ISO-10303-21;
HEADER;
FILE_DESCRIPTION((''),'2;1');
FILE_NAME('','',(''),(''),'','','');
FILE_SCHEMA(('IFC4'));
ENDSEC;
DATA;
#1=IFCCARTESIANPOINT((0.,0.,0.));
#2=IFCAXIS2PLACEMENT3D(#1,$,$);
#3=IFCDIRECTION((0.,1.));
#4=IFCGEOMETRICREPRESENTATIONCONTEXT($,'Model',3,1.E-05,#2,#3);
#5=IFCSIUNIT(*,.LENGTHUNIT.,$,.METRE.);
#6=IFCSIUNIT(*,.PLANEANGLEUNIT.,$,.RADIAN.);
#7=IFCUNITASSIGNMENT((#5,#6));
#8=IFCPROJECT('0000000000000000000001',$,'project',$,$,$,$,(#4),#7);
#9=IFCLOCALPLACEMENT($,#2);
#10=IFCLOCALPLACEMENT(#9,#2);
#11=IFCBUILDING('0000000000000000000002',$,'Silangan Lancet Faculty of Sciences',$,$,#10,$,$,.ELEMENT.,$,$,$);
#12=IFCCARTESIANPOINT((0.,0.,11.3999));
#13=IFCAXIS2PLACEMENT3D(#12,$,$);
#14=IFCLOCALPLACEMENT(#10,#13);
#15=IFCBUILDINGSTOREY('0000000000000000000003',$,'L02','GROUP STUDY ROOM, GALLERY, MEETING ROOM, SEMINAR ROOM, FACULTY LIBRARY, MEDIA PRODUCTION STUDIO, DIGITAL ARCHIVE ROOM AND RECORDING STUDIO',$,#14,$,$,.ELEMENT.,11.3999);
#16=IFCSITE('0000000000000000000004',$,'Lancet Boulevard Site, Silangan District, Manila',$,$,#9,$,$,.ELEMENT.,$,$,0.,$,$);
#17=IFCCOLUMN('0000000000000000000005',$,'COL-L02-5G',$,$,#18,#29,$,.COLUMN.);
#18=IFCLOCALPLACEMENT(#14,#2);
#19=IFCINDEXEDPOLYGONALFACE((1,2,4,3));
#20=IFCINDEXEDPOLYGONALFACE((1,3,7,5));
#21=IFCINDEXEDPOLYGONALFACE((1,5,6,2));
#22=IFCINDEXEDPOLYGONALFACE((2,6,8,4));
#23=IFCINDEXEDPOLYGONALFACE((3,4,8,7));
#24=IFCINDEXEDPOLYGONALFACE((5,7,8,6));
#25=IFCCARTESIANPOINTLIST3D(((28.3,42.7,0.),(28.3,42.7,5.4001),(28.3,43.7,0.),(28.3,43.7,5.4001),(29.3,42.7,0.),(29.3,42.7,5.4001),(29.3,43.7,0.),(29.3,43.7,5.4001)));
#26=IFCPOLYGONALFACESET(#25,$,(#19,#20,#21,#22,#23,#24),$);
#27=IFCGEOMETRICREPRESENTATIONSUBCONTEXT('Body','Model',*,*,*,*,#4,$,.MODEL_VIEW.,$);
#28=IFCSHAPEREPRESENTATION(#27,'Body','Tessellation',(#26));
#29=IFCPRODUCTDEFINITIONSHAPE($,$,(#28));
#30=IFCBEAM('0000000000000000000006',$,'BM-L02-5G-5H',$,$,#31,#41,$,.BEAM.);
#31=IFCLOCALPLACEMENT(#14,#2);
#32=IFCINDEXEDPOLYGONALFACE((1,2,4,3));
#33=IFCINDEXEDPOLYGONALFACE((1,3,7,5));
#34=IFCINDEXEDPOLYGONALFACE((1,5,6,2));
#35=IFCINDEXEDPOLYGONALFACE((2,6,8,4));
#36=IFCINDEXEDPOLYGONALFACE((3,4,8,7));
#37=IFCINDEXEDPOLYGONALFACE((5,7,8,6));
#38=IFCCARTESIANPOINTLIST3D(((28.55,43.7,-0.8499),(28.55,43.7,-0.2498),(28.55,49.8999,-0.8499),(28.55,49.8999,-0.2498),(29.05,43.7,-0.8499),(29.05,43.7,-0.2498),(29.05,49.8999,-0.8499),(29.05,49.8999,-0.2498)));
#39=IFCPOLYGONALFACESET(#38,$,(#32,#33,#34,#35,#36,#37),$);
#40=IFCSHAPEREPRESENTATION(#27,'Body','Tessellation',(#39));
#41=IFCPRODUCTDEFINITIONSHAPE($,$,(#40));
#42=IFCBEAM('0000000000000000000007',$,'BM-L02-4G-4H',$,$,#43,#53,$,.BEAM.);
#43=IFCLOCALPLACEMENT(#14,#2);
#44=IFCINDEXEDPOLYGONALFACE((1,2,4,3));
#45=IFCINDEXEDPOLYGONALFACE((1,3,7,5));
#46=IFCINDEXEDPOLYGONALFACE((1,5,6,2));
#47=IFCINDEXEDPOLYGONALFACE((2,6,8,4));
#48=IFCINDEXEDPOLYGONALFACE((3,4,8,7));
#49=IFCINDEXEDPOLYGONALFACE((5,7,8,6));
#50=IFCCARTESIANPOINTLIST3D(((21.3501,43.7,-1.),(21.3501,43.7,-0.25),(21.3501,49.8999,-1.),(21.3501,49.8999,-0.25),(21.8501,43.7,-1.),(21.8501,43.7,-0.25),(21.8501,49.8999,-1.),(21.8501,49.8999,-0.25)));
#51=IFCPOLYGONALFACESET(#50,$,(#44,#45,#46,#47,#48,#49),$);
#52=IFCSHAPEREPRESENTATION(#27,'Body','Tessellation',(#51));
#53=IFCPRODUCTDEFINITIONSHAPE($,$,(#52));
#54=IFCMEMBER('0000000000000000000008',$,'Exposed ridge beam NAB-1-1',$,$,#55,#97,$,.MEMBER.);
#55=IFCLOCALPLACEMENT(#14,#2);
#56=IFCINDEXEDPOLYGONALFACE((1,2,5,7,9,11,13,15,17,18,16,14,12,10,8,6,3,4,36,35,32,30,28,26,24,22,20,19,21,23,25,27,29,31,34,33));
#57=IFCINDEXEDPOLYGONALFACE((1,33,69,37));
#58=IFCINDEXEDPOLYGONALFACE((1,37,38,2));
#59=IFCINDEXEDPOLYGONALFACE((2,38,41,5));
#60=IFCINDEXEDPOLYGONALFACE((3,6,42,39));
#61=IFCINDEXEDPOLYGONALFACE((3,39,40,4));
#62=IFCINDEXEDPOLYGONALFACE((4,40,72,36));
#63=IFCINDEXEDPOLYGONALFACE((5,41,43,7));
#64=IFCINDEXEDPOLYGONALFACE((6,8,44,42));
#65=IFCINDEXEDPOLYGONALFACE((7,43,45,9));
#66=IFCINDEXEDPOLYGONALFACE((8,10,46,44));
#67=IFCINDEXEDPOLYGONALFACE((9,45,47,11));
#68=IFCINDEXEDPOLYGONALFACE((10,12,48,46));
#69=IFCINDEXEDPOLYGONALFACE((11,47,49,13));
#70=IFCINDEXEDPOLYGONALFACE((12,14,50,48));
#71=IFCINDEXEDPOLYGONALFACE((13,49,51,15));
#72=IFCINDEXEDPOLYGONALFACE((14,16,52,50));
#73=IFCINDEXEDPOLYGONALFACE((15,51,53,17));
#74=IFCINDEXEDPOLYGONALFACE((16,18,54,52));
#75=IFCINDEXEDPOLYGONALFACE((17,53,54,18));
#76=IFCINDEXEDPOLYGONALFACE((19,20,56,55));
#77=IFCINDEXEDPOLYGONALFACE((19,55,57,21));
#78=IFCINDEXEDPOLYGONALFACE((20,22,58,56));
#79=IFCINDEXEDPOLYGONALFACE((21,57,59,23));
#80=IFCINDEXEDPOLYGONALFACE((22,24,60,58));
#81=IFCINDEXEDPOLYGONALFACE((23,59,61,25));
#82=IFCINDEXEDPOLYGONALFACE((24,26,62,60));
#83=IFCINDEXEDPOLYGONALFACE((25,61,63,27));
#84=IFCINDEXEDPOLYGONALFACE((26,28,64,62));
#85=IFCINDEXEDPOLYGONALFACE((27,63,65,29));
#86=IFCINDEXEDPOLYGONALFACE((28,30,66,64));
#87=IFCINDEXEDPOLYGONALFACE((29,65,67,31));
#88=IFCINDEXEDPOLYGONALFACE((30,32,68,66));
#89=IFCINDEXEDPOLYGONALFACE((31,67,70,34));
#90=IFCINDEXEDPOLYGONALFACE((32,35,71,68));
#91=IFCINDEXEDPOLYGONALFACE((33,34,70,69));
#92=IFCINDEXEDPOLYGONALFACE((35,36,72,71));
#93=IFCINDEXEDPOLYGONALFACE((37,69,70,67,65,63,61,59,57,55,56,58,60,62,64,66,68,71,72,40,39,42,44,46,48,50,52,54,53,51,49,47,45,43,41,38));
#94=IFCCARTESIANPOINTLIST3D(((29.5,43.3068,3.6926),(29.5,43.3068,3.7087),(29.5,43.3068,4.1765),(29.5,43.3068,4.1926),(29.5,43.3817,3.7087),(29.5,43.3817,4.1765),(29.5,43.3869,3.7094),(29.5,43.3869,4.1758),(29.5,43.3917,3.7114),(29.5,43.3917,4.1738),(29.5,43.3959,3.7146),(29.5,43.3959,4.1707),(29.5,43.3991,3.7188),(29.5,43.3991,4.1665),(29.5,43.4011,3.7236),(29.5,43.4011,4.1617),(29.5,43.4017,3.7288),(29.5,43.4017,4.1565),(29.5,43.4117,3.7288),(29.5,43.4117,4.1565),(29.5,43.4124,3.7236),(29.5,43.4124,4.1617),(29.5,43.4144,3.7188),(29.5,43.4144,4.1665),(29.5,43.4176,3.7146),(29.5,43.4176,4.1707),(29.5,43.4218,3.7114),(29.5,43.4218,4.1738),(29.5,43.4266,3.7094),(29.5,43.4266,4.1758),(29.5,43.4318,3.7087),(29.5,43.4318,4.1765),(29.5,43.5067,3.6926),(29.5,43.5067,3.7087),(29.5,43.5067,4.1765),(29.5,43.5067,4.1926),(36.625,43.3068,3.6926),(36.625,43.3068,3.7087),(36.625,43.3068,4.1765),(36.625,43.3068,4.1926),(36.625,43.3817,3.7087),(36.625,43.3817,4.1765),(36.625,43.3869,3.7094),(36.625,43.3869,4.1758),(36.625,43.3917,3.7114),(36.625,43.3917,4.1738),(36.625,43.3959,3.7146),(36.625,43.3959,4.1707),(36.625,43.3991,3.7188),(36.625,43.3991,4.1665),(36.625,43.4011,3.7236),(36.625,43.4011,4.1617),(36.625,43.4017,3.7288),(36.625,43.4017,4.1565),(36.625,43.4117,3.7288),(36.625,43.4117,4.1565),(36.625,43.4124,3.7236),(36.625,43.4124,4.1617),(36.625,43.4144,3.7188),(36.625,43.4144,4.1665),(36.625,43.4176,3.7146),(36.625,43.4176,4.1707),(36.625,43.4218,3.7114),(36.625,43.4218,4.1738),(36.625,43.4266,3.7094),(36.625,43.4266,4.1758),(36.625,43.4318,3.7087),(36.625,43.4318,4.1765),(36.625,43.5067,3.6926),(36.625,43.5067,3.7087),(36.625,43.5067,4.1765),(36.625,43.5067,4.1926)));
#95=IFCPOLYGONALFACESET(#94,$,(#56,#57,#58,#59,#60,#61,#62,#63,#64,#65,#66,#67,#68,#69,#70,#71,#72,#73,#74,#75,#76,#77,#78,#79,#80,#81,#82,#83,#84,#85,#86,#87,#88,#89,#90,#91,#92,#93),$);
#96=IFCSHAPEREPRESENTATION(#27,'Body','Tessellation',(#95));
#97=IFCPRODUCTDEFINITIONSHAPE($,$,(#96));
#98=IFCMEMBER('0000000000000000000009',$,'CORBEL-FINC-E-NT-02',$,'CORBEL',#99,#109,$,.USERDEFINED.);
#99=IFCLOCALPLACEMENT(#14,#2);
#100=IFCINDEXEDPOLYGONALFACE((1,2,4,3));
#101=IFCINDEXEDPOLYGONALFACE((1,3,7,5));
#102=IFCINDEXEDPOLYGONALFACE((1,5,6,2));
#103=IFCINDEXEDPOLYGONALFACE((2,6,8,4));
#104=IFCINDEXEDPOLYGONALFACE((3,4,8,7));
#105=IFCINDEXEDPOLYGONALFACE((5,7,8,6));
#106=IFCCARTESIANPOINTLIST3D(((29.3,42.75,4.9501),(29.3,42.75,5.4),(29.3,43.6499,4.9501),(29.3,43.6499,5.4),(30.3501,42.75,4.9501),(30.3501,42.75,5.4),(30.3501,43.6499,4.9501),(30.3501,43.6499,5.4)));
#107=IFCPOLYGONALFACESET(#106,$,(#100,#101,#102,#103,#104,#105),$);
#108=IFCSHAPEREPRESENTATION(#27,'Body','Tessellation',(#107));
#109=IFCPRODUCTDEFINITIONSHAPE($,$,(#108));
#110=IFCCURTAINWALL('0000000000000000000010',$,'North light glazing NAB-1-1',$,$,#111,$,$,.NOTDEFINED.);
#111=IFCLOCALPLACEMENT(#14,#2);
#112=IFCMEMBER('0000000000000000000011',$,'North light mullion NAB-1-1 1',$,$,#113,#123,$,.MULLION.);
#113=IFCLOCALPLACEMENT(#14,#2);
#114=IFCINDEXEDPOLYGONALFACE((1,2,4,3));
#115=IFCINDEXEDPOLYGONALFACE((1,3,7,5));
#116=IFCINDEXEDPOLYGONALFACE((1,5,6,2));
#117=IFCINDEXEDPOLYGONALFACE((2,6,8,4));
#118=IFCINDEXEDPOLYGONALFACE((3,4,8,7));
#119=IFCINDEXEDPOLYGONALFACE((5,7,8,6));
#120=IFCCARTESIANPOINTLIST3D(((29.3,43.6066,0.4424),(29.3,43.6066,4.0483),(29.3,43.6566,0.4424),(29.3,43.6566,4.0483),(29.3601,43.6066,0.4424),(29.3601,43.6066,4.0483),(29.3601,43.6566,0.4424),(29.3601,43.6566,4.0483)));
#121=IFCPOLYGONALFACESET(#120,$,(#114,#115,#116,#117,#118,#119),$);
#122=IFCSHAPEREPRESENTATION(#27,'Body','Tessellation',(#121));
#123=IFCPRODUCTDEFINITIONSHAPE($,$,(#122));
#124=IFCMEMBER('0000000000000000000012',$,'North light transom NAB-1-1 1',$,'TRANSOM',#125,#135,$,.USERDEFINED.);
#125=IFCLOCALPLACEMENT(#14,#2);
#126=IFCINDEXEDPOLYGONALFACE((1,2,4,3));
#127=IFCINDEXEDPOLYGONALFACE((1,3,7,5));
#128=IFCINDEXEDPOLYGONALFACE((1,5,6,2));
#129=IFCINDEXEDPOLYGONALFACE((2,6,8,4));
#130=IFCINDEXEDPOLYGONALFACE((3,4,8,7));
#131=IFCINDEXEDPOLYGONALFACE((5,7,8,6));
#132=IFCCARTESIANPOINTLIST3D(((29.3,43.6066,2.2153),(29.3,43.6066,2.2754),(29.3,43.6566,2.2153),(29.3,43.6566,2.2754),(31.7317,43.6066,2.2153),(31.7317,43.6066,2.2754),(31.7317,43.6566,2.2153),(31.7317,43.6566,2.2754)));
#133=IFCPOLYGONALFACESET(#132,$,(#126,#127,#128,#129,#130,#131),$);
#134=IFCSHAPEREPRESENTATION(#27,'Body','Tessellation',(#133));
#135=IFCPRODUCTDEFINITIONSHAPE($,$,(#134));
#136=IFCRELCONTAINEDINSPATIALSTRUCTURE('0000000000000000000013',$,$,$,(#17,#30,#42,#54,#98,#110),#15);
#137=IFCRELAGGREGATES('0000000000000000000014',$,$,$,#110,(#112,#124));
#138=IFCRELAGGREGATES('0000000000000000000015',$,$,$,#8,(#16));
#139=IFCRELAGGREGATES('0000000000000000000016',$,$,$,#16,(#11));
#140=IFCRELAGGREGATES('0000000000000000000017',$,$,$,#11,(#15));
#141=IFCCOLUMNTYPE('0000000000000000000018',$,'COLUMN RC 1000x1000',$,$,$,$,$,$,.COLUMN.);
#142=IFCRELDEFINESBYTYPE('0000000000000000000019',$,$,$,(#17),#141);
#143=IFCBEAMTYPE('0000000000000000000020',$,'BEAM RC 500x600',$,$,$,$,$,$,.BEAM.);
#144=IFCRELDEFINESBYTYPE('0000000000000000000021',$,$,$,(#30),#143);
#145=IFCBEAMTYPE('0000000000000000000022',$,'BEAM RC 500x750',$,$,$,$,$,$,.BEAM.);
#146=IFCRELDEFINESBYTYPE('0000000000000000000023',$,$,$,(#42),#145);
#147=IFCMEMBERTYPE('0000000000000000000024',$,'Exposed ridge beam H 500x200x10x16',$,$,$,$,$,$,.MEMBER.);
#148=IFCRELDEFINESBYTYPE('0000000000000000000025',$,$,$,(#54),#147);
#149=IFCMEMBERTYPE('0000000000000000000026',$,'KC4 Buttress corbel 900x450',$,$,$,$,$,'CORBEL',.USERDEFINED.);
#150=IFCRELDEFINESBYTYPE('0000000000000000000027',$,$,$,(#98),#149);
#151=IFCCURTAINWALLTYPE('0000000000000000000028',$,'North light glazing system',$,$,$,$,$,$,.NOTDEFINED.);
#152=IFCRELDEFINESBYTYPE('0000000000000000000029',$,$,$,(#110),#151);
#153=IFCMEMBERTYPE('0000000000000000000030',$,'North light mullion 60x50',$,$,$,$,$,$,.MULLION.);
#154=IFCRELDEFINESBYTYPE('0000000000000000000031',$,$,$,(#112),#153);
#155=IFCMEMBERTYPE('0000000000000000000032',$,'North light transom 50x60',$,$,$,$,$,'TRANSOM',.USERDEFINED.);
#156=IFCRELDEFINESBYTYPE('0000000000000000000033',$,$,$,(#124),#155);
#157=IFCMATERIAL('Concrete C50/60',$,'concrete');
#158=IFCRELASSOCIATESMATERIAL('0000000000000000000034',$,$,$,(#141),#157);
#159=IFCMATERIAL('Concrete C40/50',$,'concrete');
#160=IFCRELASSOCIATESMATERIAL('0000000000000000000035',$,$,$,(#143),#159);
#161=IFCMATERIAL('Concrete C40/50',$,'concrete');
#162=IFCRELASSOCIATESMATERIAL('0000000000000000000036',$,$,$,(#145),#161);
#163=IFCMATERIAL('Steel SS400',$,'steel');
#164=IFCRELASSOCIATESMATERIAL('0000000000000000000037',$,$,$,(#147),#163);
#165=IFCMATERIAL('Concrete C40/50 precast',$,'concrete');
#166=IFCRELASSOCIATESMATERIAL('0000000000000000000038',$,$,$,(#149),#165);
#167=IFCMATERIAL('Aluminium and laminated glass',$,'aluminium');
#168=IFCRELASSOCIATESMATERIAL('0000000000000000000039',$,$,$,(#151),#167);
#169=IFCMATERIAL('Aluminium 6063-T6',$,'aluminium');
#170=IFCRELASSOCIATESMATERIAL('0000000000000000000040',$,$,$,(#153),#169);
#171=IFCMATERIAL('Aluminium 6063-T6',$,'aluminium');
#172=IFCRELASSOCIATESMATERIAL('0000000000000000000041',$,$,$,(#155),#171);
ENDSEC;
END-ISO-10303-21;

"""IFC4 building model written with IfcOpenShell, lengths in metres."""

from ifc_helpers import new_model, si_unit, direction, frame, origin, origin_2d, place, context, subcontext, project, spatial, rectangle, i_section, extrude, material, material_profile, profile_set, type_object, element, aggregate, save


model = new_model("IFC4")

# Units and contexts
model_context = context("Model", 3, precision=1e-05, world=origin(), true_north=direction((0.0, 1.0)))
body_context = subcontext(model_context, "Body", "Model", "MODEL_VIEW")
ifc_project = project(units=[si_unit("LENGTHUNIT", "METRE"), si_unit("PLANEANGLEUNIT", "RADIAN")], contexts=[model_context])

# Site, building, storey
site_placement = place(None, origin())
site = spatial("IfcSite", under=ifc_project, at=site_placement, Name="Lancet Boulevard Site, Silangan District, Manila", CompositionType="ELEMENT", RefElevation=0.0)
building_placement = place(site_placement, origin())
building = spatial("IfcBuilding", under=site, at=building_placement, Name="Silangan Lancet Faculty of Sciences", CompositionType="ELEMENT")
storey_placement = place(building_placement, frame((0.0, 0.0, 11.3999)))
storey = spatial("IfcBuildingStorey", under=building, at=storey_placement, Name="L02", Description="GROUP STUDY ROOM, GALLERY, MEETING ROOM, SEMINAR ROOM, FACULTY LIBRARY, MEDIA PRODUCTION STUDIO, DIGITAL ARCHIVE ROOM AND RECORDING STUDIO", CompositionType="ELEMENT", Elevation=11.3999)

# Column
ifc_material_1 = material(Name="Concrete C50/60", Category="concrete")
ifc_material_profile_1 = material_profile(ifc_material_1, rectangle(XDim=1.0, YDim=1.0, at=origin_2d()), Name="RC 1000x1000")
ifc_profile_set_1 = profile_set([ifc_material_profile_1], Name="Concrete C50/60")
column_type = type_object("IfcColumnType", Name="COLUMN RC 1000x1000", PredefinedType="COLUMN", material=ifc_profile_set_1)
column_placement = place(storey_placement, frame((28.8, 43.2, 0.0), z_axis=(0.0, 0.0, 1.0), x_axis=(1.0, 0.0, 0.0)))
element("IfcColumn", 1, at=column_placement, inside=storey, type_object=column_type, Name="COL-L02-5G", PredefinedType="COLUMN", context=body_context, shape_type="SweptSolid", body=[
    extrude(rectangle(XDim=1.0, YDim=1.0, at=origin_2d()), origin(), (0.0, 0.0, 1.0), 5.4001),
])

# Beams
ifc_material_2 = material(Name="Concrete C40/50", Category="concrete")
ifc_material_profile_2 = material_profile(ifc_material_2, rectangle(XDim=0.5, YDim=0.6001, at=origin_2d()), Name="RC 500x600")
ifc_profile_set_2 = profile_set([ifc_material_profile_2], Name="Concrete C40/50")
beam_type_1 = type_object("IfcBeamType", Name="BEAM RC 500x600", PredefinedType="BEAM", material=ifc_profile_set_2)
beam_1_placement = place(storey_placement, frame((28.8, 43.7, -0.5498), z_axis=(0.0, 1.0, 0.0), x_axis=(-1.0, 0.0, 0.0)))
element("IfcBeam", 2, at=beam_1_placement, inside=storey, type_object=beam_type_1, Name="BM-L02-5G-5H", PredefinedType="BEAM", context=body_context, shape_type="SweptSolid", body=[
    extrude(rectangle(XDim=0.5, YDim=0.6001, at=origin_2d()), origin(), (0.0, 0.0, 1.0), 6.2),
])
ifc_material_3 = material(Name="Concrete C40/50", Category="concrete")
ifc_material_profile_3 = material_profile(ifc_material_3, rectangle(XDim=0.5, YDim=0.75, at=origin_2d()), Name="RC 500x750")
ifc_profile_set_3 = profile_set([ifc_material_profile_3], Name="Concrete C40/50")
beam_type_2 = type_object("IfcBeamType", Name="BEAM RC 500x750", PredefinedType="BEAM", material=ifc_profile_set_3)
beam_2_placement = place(storey_placement, frame((21.6001, 43.7, -0.625), z_axis=(0.0, 1.0, 0.0), x_axis=(-1.0, 0.0, 0.0)))
element("IfcBeam", 3, at=beam_2_placement, inside=storey, type_object=beam_type_2, Name="BM-L02-4G-4H", PredefinedType="BEAM", context=body_context, shape_type="SweptSolid", body=[
    extrude(rectangle(XDim=0.5, YDim=0.75, at=origin_2d()), origin(), (0.0, 0.0, 1.0), 6.2),
])

# Members
ifc_material_4 = material(Name="Steel SS400", Category="steel")
ifc_material_profile_4 = material_profile(ifc_material_4, i_section(OverallWidth=0.2, OverallDepth=0.5, WebThickness=0.01, FlangeThickness=0.0161, FilletRadius=0.02, at=origin_2d()), Name="H 500x200x10x16")
ifc_profile_set_4 = profile_set([ifc_material_profile_4], Name="Steel SS400")
member_type_1 = type_object("IfcMemberType", Name="Exposed ridge beam H 500x200x10x16", PredefinedType="MEMBER", material=ifc_profile_set_4)
member_1_placement = place(storey_placement, frame((29.5, 43.4067, 3.9426), z_axis=(1.0, 0.0, 0.0), x_axis=(0.0, 1.0, 0.0)))
element("IfcMember", 4, at=member_1_placement, inside=storey, type_object=member_type_1, Name="Exposed ridge beam NAB-1-1", PredefinedType="MEMBER", context=body_context, shape_type="SweptSolid", body=[
    extrude(i_section(OverallWidth=0.2, OverallDepth=0.5, WebThickness=0.01, FlangeThickness=0.0161, FilletRadius=0.02, at=origin_2d()), origin(), (0.0, 0.0, 1.0), 7.125),
])
ifc_material_5 = material(Name="Concrete C40/50 precast", Category="concrete")
ifc_material_profile_5 = material_profile(ifc_material_5, rectangle(XDim=0.8999, YDim=0.45, at=origin_2d()), Name="RC 900x450")
ifc_profile_set_5 = profile_set([ifc_material_profile_5], Name="Concrete C40/50 precast")
member_type_2 = type_object("IfcMemberType", Name="KC4 Buttress corbel 900x450", ElementType="CORBEL", PredefinedType="USERDEFINED", material=ifc_profile_set_5)
member_2_placement = place(storey_placement, frame((29.3, 43.2, 5.175), z_axis=(1.0, 0.0, 0.0), x_axis=(0.0, 1.0, 0.0)))
element("IfcMember", 5, at=member_2_placement, inside=storey, type_object=member_type_2, Name="CORBEL-FINC-E-NT-02", ObjectType="CORBEL", PredefinedType="USERDEFINED", context=body_context, shape_type="SweptSolid", body=[
    extrude(rectangle(XDim=0.8999, YDim=0.45, at=origin_2d()), origin(), (0.0, 0.0, 1.0), 1.05),
])

# Curtain wall, members
ifc_material_6 = material(Name="Aluminium and laminated glass", Category="aluminium")
curtain_wall_type = type_object("IfcCurtainWallType", Name="North light glazing system", PredefinedType="NOTDEFINED", material=ifc_material_6)
curtain_wall_placement = place(storey_placement, origin())
curtain_wall = element("IfcCurtainWall", 6, at=curtain_wall_placement, inside=storey, type_object=curtain_wall_type, Name="North light glazing NAB-1-1", PredefinedType="NOTDEFINED")
ifc_material_7 = material(Name="Aluminium 6063-T6", Category="aluminium")
ifc_material_profile_6 = material_profile(ifc_material_7, rectangle(XDim=0.0601, YDim=0.05, at=origin_2d()), Name="AL 60x50")
ifc_profile_set_6 = profile_set([ifc_material_profile_6], Name="Aluminium 6063-T6")
member_type_3 = type_object("IfcMemberType", Name="North light mullion 60x50", PredefinedType="MULLION", material=ifc_profile_set_6)
member_3_placement = place(storey_placement, frame((29.3301, 43.6316, 0.4424), z_axis=(0.0, 0.0, 1.0), x_axis=(1.0, 0.0, 0.0)))
member_3 = element("IfcMember", 7, at=member_3_placement, type_object=member_type_3, Name="North light mullion NAB-1-1 1", PredefinedType="MULLION", context=body_context, shape_type="SweptSolid", body=[
    extrude(rectangle(XDim=0.0601, YDim=0.05, at=origin_2d()), origin(), (0.0, 0.0, 1.0), 3.606),
])
ifc_material_8 = material(Name="Aluminium 6063-T6", Category="aluminium")
ifc_material_profile_7 = material_profile(ifc_material_8, rectangle(XDim=0.05, YDim=0.0601, at=origin_2d()), Name="AL 50x60")
ifc_profile_set_7 = profile_set([ifc_material_profile_7], Name="Aluminium 6063-T6")
member_type_4 = type_object("IfcMemberType", Name="North light transom 50x60", ElementType="TRANSOM", PredefinedType="USERDEFINED", material=ifc_profile_set_7)
member_4_placement = place(storey_placement, frame((29.3, 43.6316, 2.2454), z_axis=(1.0, 0.0, 0.0), x_axis=(0.0, 1.0, 0.0)))
member_4 = element("IfcMember", 8, at=member_4_placement, type_object=member_type_4, Name="North light transom NAB-1-1 1", ObjectType="TRANSOM", PredefinedType="USERDEFINED", context=body_context, shape_type="SweptSolid", body=[
    extrude(rectangle(XDim=0.05, YDim=0.0601, at=origin_2d()), origin(), (0.0, 0.0, 1.0), 2.4316),
])

aggregate(curtain_wall, [member_3, member_4])

save(model, "model.ifc")
